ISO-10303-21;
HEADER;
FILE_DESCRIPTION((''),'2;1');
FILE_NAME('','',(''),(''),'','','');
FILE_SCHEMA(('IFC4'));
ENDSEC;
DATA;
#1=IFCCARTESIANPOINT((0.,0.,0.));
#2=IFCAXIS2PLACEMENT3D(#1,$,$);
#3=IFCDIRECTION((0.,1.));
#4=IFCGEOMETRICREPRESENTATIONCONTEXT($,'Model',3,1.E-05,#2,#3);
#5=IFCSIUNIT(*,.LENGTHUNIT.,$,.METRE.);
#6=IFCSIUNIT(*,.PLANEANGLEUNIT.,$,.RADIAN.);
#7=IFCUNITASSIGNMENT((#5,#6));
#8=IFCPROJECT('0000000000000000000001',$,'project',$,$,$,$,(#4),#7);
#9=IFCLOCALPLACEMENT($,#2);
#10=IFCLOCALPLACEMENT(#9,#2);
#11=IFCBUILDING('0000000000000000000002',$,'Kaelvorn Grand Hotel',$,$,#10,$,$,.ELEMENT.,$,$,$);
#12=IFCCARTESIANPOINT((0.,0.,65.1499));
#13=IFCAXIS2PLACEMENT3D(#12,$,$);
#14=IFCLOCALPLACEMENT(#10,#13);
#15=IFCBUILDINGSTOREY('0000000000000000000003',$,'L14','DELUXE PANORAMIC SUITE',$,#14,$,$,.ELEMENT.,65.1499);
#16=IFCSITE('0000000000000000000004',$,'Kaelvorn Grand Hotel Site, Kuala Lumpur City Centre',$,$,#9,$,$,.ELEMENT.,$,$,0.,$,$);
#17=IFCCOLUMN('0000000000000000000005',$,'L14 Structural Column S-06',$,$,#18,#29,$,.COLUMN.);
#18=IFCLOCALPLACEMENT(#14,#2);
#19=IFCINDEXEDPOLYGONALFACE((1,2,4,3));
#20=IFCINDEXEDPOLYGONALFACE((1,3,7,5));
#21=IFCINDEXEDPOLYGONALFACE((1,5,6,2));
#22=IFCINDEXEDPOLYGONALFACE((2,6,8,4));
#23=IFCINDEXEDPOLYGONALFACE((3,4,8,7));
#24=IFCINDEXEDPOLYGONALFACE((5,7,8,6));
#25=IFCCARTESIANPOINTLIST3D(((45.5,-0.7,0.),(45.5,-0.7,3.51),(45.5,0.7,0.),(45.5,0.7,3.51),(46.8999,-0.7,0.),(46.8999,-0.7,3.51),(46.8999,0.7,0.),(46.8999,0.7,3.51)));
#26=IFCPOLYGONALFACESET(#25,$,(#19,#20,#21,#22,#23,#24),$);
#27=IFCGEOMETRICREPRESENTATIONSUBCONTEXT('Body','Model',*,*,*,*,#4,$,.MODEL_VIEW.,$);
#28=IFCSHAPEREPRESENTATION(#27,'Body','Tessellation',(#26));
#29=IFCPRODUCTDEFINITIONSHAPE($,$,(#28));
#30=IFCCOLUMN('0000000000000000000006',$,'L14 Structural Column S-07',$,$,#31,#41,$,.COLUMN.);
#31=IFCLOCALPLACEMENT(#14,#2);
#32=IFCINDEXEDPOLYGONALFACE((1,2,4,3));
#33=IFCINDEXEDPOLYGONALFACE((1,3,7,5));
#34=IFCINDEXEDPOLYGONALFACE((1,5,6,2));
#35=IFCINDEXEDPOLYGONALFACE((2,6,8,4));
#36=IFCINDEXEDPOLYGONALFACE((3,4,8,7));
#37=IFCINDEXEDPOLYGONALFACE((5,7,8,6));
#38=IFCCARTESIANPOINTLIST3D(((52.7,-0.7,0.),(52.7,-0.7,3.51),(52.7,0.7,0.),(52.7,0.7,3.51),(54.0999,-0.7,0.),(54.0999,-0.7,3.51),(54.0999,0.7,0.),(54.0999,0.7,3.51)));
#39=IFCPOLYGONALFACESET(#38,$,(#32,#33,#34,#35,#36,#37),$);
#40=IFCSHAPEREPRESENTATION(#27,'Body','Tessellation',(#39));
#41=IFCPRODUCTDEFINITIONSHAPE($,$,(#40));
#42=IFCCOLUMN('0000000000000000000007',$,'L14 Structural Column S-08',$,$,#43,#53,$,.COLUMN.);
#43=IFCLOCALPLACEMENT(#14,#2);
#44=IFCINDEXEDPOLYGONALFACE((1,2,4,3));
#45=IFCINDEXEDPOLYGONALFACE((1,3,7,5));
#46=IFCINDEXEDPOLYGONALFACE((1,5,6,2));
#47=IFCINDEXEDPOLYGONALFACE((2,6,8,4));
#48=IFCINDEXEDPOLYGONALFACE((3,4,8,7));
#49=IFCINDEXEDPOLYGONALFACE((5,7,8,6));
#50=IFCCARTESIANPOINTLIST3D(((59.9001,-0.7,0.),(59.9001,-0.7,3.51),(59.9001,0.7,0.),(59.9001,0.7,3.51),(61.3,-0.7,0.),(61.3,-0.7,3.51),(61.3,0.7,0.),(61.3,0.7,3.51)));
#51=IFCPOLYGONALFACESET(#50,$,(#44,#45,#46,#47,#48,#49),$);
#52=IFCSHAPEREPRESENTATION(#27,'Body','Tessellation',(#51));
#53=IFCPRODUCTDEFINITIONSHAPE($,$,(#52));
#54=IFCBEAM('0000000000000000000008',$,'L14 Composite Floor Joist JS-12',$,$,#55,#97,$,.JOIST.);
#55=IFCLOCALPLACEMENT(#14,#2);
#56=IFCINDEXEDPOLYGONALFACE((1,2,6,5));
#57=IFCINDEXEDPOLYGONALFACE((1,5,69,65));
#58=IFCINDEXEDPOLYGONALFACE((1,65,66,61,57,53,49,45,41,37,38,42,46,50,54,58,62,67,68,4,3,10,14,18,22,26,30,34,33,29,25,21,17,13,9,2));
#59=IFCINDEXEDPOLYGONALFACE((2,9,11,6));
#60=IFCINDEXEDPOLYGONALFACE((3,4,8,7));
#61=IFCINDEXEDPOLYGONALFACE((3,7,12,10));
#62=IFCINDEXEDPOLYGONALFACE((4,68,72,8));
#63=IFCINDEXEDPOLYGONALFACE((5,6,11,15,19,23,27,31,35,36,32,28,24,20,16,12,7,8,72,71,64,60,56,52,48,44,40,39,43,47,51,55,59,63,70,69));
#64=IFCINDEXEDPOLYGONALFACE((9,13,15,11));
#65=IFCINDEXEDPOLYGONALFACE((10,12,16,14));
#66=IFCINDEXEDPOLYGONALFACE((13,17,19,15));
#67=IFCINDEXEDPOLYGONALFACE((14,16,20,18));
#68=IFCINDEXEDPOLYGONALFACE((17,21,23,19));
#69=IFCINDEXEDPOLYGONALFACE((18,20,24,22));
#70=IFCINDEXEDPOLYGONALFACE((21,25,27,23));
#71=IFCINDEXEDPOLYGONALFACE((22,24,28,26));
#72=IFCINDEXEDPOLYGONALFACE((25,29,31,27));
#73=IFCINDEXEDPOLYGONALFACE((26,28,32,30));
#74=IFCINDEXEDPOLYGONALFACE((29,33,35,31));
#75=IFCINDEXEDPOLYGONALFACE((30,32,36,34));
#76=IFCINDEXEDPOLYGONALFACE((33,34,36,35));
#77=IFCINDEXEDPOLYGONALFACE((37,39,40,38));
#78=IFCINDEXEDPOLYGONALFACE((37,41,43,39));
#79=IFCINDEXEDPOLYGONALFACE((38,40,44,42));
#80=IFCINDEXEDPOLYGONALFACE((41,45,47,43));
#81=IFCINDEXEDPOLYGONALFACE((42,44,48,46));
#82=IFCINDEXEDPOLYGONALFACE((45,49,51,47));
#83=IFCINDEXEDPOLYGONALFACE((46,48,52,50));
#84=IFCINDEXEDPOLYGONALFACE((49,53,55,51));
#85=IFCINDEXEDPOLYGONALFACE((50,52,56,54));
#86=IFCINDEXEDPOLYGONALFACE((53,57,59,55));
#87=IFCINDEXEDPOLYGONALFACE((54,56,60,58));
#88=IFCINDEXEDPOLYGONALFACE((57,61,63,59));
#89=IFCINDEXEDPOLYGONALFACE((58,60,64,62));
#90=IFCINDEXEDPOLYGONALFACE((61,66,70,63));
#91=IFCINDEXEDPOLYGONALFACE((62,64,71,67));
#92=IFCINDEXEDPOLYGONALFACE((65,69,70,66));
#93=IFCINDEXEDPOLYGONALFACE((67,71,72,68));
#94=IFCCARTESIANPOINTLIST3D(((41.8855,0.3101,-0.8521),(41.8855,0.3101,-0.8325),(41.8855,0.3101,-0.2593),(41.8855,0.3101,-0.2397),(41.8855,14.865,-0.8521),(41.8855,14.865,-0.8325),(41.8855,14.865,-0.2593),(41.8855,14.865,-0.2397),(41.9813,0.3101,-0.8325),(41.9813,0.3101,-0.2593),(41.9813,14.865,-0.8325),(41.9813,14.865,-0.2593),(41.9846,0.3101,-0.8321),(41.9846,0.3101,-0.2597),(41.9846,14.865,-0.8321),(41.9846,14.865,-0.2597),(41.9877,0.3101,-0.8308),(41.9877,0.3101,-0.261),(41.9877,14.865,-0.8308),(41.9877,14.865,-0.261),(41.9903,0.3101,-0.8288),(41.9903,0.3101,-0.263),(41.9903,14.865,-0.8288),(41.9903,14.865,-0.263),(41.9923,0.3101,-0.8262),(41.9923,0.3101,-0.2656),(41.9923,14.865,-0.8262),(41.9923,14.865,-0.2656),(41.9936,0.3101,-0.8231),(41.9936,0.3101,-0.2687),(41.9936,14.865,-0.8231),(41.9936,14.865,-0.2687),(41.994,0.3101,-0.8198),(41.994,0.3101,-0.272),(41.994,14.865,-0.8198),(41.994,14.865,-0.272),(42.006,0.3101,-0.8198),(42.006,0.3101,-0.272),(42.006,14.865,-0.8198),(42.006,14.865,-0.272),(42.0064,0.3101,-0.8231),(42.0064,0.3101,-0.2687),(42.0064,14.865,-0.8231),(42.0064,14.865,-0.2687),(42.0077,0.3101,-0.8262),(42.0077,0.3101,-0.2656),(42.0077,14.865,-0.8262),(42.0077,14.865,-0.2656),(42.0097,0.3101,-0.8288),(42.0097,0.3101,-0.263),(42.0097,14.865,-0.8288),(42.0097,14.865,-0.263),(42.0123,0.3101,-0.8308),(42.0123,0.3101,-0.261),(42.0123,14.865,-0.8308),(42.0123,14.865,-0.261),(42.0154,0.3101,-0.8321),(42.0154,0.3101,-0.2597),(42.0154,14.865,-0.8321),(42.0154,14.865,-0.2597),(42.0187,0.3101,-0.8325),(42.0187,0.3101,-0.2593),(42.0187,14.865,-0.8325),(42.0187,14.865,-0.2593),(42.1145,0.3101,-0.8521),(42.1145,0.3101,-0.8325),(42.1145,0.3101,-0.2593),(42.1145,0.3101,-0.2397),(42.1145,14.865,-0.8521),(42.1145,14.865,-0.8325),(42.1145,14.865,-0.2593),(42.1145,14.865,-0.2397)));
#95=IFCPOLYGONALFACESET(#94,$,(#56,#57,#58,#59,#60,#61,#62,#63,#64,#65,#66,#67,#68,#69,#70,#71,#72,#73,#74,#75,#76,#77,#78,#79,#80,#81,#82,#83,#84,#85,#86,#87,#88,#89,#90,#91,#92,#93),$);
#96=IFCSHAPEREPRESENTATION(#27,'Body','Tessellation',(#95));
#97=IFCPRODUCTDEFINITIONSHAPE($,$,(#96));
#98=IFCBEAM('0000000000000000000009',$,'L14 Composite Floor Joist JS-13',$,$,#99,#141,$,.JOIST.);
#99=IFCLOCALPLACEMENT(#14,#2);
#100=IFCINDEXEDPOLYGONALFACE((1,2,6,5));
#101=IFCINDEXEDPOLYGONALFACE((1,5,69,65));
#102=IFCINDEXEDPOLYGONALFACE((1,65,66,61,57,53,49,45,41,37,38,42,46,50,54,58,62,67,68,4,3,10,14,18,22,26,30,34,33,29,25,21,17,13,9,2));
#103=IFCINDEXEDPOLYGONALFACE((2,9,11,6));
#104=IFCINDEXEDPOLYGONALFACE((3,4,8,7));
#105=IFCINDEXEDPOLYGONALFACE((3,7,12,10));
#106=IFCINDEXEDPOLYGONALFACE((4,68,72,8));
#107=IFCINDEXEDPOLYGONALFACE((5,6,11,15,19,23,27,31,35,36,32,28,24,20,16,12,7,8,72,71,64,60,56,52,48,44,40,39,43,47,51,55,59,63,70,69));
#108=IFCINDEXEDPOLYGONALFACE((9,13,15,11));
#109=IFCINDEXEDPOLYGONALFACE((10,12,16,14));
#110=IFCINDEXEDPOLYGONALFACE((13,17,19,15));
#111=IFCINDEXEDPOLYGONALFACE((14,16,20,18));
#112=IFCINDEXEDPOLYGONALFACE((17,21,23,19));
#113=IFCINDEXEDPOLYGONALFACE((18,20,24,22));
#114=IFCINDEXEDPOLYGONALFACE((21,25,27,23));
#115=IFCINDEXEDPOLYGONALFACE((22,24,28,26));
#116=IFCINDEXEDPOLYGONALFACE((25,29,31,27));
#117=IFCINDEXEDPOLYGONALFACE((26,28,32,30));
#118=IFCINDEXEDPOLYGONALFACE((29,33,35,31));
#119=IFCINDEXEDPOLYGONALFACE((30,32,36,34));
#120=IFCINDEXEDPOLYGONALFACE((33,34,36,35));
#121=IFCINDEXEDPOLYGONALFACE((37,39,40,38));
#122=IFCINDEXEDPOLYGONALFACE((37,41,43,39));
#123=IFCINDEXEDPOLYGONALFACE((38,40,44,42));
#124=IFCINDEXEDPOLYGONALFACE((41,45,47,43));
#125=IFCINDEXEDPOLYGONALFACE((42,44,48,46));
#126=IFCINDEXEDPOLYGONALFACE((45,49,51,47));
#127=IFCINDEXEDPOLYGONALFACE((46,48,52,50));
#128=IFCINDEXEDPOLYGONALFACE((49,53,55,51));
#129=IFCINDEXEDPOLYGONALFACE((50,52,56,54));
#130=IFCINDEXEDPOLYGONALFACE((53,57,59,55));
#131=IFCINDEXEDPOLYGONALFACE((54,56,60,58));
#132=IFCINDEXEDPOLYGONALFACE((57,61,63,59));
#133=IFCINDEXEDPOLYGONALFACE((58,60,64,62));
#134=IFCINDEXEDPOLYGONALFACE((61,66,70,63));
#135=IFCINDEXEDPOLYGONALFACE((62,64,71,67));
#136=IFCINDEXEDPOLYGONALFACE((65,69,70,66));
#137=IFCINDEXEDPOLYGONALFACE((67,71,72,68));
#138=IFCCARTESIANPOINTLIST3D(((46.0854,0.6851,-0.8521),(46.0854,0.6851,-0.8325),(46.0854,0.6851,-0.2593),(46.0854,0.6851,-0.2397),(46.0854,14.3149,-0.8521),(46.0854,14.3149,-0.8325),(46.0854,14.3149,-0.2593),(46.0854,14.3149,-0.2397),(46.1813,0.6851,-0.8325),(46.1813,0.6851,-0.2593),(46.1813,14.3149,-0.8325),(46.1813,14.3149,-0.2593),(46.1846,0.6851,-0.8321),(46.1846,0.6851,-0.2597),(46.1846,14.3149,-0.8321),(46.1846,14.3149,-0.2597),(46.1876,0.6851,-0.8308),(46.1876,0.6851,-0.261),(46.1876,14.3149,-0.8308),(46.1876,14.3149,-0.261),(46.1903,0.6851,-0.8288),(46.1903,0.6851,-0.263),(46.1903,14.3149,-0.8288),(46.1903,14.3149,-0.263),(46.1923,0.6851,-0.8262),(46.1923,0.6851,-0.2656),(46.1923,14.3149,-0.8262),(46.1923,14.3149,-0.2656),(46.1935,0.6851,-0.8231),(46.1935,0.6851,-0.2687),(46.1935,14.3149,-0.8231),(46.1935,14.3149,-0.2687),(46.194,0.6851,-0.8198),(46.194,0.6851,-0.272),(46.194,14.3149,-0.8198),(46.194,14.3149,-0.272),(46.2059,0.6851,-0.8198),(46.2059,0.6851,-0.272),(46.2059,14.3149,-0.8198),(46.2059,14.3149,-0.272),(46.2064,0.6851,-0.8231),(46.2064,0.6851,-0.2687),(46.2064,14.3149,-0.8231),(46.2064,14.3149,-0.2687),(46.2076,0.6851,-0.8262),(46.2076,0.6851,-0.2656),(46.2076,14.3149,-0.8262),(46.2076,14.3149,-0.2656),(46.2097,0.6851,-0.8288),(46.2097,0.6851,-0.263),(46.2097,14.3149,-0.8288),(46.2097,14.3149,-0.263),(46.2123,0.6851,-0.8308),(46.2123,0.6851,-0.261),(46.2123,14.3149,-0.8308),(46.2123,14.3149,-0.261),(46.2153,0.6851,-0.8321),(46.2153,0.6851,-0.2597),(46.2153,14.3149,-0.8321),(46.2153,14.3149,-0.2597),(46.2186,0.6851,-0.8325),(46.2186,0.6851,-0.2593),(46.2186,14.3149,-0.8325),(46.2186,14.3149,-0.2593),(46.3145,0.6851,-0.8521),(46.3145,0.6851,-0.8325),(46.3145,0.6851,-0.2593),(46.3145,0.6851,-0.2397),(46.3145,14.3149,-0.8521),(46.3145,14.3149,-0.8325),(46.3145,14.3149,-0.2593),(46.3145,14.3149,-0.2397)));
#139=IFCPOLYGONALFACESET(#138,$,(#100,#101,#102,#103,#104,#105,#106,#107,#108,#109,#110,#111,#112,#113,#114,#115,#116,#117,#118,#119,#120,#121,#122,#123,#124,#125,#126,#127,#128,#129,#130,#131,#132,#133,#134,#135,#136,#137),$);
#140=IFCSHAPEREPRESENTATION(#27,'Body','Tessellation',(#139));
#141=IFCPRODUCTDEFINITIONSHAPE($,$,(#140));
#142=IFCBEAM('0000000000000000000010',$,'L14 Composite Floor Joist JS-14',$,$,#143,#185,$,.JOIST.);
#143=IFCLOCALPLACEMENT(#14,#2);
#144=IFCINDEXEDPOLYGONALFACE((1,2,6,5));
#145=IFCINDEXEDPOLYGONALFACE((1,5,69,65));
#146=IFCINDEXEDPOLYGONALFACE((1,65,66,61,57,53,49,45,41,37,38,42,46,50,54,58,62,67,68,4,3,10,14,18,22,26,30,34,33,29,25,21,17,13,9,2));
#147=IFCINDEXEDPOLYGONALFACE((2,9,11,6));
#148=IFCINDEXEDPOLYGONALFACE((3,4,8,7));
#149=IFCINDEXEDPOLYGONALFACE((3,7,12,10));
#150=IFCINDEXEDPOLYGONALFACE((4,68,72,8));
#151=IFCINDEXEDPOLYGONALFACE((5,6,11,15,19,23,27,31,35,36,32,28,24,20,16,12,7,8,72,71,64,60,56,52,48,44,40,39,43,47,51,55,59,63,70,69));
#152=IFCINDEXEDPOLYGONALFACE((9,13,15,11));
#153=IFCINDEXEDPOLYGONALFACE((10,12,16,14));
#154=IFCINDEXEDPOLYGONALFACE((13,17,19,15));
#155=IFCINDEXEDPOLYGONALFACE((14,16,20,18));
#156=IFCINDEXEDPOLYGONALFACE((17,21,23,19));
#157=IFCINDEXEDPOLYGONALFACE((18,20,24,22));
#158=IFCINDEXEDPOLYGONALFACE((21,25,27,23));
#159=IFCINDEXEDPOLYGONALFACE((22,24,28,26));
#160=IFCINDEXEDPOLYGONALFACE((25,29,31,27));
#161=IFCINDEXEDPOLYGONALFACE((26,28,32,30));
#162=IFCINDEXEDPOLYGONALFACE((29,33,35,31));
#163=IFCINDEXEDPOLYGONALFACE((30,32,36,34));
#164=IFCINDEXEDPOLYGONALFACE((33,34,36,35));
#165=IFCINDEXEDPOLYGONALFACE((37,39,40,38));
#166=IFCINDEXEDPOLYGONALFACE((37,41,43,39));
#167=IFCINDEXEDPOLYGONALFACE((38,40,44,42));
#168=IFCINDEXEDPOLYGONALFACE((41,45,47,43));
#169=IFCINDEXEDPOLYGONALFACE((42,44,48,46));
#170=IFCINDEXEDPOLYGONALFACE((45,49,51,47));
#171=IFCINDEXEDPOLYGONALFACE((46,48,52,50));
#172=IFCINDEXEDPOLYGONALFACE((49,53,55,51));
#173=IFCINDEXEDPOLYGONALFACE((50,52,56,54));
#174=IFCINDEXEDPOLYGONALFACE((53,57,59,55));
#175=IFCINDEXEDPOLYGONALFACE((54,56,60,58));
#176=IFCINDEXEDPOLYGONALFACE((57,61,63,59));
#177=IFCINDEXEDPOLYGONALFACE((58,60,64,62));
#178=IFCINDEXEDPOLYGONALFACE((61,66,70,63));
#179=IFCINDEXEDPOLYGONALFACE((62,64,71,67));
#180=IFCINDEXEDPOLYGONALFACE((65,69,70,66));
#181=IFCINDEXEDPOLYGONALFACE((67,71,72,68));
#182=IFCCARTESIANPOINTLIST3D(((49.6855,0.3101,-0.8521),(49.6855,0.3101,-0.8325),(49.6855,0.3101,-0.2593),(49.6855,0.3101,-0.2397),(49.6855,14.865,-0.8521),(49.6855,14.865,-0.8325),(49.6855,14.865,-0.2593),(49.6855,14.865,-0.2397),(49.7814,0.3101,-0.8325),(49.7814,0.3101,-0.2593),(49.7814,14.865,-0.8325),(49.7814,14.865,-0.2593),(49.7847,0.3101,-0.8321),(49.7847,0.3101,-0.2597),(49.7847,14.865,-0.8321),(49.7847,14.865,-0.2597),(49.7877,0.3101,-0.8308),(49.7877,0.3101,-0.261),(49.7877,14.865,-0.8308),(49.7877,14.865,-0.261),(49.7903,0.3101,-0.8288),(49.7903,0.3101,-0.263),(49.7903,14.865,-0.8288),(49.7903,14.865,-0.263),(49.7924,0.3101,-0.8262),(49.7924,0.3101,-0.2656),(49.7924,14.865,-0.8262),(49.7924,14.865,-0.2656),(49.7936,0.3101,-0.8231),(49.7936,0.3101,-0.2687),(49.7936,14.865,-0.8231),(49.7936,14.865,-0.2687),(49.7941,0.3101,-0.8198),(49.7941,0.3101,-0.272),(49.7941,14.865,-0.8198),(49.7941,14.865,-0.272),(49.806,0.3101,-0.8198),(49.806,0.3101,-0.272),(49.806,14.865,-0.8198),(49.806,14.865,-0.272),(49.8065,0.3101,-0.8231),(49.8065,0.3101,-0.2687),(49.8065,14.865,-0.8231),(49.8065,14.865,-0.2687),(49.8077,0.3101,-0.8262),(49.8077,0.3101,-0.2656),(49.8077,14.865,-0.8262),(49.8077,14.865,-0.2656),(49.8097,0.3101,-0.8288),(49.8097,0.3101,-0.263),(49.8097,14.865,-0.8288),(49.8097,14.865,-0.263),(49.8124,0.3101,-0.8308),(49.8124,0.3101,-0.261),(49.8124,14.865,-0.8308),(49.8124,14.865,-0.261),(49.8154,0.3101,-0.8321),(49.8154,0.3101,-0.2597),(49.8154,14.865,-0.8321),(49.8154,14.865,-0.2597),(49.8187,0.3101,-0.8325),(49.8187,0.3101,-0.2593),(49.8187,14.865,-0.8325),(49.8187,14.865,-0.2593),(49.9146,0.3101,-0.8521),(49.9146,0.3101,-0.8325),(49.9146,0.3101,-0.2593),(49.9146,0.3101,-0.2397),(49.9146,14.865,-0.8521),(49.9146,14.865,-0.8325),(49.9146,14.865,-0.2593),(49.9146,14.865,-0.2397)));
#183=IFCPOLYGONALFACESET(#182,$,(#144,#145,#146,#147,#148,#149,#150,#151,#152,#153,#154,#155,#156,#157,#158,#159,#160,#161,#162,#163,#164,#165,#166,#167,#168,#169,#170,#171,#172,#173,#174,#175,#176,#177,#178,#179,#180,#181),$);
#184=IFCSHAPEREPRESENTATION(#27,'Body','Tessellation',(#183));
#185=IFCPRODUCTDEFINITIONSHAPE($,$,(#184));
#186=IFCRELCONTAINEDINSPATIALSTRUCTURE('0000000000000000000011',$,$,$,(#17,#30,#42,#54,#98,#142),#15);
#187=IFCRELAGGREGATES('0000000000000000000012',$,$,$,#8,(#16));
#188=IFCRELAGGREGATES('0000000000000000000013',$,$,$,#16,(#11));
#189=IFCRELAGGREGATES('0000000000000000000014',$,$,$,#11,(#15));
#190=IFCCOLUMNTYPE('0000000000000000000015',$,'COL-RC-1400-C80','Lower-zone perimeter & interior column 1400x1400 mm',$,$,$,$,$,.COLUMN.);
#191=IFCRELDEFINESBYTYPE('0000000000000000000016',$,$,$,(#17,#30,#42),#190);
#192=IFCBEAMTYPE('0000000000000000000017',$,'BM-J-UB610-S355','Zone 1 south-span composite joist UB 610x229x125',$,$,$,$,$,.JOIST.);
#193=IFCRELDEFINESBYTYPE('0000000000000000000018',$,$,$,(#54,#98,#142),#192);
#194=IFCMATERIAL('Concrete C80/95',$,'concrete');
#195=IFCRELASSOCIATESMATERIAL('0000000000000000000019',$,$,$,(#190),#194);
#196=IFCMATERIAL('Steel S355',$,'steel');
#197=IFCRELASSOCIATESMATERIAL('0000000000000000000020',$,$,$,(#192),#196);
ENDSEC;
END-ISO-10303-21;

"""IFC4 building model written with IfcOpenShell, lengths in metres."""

from ifc_helpers import new_model, si_unit, direction, frame, origin, origin_2d, place, context, subcontext, project, spatial, rectangle, i_section, extrude, material, material_profile, profile_set, type_object, element, save


model = new_model("IFC4")

# Units and contexts
model_context = context("Model", 3, precision=1e-05, world=origin(), true_north=direction((0.0, 1.0)))
body_context = subcontext(model_context, "Body", "Model", "MODEL_VIEW")
ifc_project = project(units=[si_unit("LENGTHUNIT", "METRE"), si_unit("PLANEANGLEUNIT", "RADIAN")], contexts=[model_context])

# Site, building, storey
site_placement = place(None, origin())
site = spatial("IfcSite", under=ifc_project, at=site_placement, Name="Kaelvorn Grand Hotel Site, Kuala Lumpur City Centre", CompositionType="ELEMENT", RefElevation=0.0)
building_placement = place(site_placement, origin())
building = spatial("IfcBuilding", under=site, at=building_placement, Name="Kaelvorn Grand Hotel", CompositionType="ELEMENT")
storey_placement = place(building_placement, frame((0.0, 0.0, 65.1499)))
storey = spatial("IfcBuildingStorey", under=building, at=storey_placement, Name="L14", Description="DELUXE PANORAMIC SUITE", CompositionType="ELEMENT", Elevation=65.1499)

# Columns
ifc_material_1 = material(Name="Concrete C80/95", Category="concrete")
ifc_material_profile_1 = material_profile(ifc_material_1, rectangle(XDim=1.3999, YDim=1.3999, at=origin_2d()), Name="RC COL 1400x1400")
ifc_profile_set_1 = profile_set([ifc_material_profile_1], Name="Concrete C80/95")
column_type = type_object("IfcColumnType", Name="COL-RC-1400-C80", Description="Lower-zone perimeter & interior column 1400x1400 mm", PredefinedType="COLUMN", material=ifc_profile_set_1)
for number, where, z_axis, x_axis, name in (
    (1, (46.2, 0.0, 0.0), (0.0, 0.0, 1.0), (1.0, 0.0, 0.0), "L14 Structural Column S-06"),
    (2, (53.3999, 0.0, 0.0), (0.0, 0.0, 1.0), (1.0, 0.0, 0.0), "L14 Structural Column S-07"),
    (3, (60.6001, 0.0, 0.0), (0.0, 0.0, 1.0), (1.0, 0.0, 0.0), "L14 Structural Column S-08"),
):
    element("IfcColumn", number, at=place(storey_placement, frame(where, z_axis=z_axis, x_axis=x_axis)), inside=storey, type_object=column_type, Name=name, PredefinedType="COLUMN", context=body_context, shape_type="SweptSolid", body=[
        extrude(rectangle(XDim=1.3999, YDim=1.3999, at=origin_2d()), origin(), (0.0, 0.0, 1.0), 3.51),
    ])

# Beams
ifc_material_2 = material(Name="Steel S355", Category="steel")
ifc_material_profile_2 = material_profile(ifc_material_2, i_section(OverallWidth=0.229, OverallDepth=0.6123, WebThickness=0.012, FlangeThickness=0.0195, FilletRadius=0.0127, at=origin_2d()), Name="UB 610x229x125")
ifc_profile_set_2 = profile_set([ifc_material_profile_2], Name="Steel S355")
beam_type_1 = type_object("IfcBeamType", Name="BM-J-UB610-S355", Description="Zone 1 south-span composite joist UB 610x229x125", PredefinedType="JOIST", material=ifc_profile_set_2)
beam_1_placement = place(storey_placement, frame((42.0, 0.3101, -0.5459), z_axis=(0.0, 1.0, 0.0), x_axis=(-1.0, 0.0, 0.0)))
element("IfcBeam", 4, at=beam_1_placement, inside=storey, type_object=beam_type_1, Name="L14 Composite Floor Joist JS-12", PredefinedType="JOIST", context=body_context, shape_type="SweptSolid", body=[
    extrude(i_section(OverallWidth=0.229, OverallDepth=0.6123, WebThickness=0.012, FlangeThickness=0.0195, FilletRadius=0.0127, at=origin_2d()), origin(), (0.0, 0.0, 1.0), 14.5549),
])
beam_2_placement = place(storey_placement, frame((46.2, 0.6851, -0.5459), z_axis=(0.0, 1.0, 0.0), x_axis=(-1.0, 0.0, 0.0)))
element("IfcBeam", 5, at=beam_2_placement, inside=storey, type_object=beam_type_1, Name="L14 Composite Floor Joist JS-13", PredefinedType="JOIST", context=body_context, shape_type="SweptSolid", body=[
    extrude(i_section(OverallWidth=0.229, OverallDepth=0.6123, WebThickness=0.012, FlangeThickness=0.0195, FilletRadius=0.0127, at=origin_2d()), origin(), (0.0, 0.0, 1.0), 13.6299),
])
beam_3_placement = place(storey_placement, frame((49.8, 0.3101, -0.5459), z_axis=(0.0, 1.0, 0.0), x_axis=(-1.0, 0.0, 0.0)))
element("IfcBeam", 6, at=beam_3_placement, inside=storey, type_object=beam_type_1, Name="L14 Composite Floor Joist JS-14", PredefinedType="JOIST", context=body_context, shape_type="SweptSolid", body=[
    extrude(i_section(OverallWidth=0.229, OverallDepth=0.6123, WebThickness=0.012, FlangeThickness=0.0195, FilletRadius=0.0127, at=origin_2d()), origin(), (0.0, 0.0, 1.0), 14.5549),
])

save(model, "model.ifc")
